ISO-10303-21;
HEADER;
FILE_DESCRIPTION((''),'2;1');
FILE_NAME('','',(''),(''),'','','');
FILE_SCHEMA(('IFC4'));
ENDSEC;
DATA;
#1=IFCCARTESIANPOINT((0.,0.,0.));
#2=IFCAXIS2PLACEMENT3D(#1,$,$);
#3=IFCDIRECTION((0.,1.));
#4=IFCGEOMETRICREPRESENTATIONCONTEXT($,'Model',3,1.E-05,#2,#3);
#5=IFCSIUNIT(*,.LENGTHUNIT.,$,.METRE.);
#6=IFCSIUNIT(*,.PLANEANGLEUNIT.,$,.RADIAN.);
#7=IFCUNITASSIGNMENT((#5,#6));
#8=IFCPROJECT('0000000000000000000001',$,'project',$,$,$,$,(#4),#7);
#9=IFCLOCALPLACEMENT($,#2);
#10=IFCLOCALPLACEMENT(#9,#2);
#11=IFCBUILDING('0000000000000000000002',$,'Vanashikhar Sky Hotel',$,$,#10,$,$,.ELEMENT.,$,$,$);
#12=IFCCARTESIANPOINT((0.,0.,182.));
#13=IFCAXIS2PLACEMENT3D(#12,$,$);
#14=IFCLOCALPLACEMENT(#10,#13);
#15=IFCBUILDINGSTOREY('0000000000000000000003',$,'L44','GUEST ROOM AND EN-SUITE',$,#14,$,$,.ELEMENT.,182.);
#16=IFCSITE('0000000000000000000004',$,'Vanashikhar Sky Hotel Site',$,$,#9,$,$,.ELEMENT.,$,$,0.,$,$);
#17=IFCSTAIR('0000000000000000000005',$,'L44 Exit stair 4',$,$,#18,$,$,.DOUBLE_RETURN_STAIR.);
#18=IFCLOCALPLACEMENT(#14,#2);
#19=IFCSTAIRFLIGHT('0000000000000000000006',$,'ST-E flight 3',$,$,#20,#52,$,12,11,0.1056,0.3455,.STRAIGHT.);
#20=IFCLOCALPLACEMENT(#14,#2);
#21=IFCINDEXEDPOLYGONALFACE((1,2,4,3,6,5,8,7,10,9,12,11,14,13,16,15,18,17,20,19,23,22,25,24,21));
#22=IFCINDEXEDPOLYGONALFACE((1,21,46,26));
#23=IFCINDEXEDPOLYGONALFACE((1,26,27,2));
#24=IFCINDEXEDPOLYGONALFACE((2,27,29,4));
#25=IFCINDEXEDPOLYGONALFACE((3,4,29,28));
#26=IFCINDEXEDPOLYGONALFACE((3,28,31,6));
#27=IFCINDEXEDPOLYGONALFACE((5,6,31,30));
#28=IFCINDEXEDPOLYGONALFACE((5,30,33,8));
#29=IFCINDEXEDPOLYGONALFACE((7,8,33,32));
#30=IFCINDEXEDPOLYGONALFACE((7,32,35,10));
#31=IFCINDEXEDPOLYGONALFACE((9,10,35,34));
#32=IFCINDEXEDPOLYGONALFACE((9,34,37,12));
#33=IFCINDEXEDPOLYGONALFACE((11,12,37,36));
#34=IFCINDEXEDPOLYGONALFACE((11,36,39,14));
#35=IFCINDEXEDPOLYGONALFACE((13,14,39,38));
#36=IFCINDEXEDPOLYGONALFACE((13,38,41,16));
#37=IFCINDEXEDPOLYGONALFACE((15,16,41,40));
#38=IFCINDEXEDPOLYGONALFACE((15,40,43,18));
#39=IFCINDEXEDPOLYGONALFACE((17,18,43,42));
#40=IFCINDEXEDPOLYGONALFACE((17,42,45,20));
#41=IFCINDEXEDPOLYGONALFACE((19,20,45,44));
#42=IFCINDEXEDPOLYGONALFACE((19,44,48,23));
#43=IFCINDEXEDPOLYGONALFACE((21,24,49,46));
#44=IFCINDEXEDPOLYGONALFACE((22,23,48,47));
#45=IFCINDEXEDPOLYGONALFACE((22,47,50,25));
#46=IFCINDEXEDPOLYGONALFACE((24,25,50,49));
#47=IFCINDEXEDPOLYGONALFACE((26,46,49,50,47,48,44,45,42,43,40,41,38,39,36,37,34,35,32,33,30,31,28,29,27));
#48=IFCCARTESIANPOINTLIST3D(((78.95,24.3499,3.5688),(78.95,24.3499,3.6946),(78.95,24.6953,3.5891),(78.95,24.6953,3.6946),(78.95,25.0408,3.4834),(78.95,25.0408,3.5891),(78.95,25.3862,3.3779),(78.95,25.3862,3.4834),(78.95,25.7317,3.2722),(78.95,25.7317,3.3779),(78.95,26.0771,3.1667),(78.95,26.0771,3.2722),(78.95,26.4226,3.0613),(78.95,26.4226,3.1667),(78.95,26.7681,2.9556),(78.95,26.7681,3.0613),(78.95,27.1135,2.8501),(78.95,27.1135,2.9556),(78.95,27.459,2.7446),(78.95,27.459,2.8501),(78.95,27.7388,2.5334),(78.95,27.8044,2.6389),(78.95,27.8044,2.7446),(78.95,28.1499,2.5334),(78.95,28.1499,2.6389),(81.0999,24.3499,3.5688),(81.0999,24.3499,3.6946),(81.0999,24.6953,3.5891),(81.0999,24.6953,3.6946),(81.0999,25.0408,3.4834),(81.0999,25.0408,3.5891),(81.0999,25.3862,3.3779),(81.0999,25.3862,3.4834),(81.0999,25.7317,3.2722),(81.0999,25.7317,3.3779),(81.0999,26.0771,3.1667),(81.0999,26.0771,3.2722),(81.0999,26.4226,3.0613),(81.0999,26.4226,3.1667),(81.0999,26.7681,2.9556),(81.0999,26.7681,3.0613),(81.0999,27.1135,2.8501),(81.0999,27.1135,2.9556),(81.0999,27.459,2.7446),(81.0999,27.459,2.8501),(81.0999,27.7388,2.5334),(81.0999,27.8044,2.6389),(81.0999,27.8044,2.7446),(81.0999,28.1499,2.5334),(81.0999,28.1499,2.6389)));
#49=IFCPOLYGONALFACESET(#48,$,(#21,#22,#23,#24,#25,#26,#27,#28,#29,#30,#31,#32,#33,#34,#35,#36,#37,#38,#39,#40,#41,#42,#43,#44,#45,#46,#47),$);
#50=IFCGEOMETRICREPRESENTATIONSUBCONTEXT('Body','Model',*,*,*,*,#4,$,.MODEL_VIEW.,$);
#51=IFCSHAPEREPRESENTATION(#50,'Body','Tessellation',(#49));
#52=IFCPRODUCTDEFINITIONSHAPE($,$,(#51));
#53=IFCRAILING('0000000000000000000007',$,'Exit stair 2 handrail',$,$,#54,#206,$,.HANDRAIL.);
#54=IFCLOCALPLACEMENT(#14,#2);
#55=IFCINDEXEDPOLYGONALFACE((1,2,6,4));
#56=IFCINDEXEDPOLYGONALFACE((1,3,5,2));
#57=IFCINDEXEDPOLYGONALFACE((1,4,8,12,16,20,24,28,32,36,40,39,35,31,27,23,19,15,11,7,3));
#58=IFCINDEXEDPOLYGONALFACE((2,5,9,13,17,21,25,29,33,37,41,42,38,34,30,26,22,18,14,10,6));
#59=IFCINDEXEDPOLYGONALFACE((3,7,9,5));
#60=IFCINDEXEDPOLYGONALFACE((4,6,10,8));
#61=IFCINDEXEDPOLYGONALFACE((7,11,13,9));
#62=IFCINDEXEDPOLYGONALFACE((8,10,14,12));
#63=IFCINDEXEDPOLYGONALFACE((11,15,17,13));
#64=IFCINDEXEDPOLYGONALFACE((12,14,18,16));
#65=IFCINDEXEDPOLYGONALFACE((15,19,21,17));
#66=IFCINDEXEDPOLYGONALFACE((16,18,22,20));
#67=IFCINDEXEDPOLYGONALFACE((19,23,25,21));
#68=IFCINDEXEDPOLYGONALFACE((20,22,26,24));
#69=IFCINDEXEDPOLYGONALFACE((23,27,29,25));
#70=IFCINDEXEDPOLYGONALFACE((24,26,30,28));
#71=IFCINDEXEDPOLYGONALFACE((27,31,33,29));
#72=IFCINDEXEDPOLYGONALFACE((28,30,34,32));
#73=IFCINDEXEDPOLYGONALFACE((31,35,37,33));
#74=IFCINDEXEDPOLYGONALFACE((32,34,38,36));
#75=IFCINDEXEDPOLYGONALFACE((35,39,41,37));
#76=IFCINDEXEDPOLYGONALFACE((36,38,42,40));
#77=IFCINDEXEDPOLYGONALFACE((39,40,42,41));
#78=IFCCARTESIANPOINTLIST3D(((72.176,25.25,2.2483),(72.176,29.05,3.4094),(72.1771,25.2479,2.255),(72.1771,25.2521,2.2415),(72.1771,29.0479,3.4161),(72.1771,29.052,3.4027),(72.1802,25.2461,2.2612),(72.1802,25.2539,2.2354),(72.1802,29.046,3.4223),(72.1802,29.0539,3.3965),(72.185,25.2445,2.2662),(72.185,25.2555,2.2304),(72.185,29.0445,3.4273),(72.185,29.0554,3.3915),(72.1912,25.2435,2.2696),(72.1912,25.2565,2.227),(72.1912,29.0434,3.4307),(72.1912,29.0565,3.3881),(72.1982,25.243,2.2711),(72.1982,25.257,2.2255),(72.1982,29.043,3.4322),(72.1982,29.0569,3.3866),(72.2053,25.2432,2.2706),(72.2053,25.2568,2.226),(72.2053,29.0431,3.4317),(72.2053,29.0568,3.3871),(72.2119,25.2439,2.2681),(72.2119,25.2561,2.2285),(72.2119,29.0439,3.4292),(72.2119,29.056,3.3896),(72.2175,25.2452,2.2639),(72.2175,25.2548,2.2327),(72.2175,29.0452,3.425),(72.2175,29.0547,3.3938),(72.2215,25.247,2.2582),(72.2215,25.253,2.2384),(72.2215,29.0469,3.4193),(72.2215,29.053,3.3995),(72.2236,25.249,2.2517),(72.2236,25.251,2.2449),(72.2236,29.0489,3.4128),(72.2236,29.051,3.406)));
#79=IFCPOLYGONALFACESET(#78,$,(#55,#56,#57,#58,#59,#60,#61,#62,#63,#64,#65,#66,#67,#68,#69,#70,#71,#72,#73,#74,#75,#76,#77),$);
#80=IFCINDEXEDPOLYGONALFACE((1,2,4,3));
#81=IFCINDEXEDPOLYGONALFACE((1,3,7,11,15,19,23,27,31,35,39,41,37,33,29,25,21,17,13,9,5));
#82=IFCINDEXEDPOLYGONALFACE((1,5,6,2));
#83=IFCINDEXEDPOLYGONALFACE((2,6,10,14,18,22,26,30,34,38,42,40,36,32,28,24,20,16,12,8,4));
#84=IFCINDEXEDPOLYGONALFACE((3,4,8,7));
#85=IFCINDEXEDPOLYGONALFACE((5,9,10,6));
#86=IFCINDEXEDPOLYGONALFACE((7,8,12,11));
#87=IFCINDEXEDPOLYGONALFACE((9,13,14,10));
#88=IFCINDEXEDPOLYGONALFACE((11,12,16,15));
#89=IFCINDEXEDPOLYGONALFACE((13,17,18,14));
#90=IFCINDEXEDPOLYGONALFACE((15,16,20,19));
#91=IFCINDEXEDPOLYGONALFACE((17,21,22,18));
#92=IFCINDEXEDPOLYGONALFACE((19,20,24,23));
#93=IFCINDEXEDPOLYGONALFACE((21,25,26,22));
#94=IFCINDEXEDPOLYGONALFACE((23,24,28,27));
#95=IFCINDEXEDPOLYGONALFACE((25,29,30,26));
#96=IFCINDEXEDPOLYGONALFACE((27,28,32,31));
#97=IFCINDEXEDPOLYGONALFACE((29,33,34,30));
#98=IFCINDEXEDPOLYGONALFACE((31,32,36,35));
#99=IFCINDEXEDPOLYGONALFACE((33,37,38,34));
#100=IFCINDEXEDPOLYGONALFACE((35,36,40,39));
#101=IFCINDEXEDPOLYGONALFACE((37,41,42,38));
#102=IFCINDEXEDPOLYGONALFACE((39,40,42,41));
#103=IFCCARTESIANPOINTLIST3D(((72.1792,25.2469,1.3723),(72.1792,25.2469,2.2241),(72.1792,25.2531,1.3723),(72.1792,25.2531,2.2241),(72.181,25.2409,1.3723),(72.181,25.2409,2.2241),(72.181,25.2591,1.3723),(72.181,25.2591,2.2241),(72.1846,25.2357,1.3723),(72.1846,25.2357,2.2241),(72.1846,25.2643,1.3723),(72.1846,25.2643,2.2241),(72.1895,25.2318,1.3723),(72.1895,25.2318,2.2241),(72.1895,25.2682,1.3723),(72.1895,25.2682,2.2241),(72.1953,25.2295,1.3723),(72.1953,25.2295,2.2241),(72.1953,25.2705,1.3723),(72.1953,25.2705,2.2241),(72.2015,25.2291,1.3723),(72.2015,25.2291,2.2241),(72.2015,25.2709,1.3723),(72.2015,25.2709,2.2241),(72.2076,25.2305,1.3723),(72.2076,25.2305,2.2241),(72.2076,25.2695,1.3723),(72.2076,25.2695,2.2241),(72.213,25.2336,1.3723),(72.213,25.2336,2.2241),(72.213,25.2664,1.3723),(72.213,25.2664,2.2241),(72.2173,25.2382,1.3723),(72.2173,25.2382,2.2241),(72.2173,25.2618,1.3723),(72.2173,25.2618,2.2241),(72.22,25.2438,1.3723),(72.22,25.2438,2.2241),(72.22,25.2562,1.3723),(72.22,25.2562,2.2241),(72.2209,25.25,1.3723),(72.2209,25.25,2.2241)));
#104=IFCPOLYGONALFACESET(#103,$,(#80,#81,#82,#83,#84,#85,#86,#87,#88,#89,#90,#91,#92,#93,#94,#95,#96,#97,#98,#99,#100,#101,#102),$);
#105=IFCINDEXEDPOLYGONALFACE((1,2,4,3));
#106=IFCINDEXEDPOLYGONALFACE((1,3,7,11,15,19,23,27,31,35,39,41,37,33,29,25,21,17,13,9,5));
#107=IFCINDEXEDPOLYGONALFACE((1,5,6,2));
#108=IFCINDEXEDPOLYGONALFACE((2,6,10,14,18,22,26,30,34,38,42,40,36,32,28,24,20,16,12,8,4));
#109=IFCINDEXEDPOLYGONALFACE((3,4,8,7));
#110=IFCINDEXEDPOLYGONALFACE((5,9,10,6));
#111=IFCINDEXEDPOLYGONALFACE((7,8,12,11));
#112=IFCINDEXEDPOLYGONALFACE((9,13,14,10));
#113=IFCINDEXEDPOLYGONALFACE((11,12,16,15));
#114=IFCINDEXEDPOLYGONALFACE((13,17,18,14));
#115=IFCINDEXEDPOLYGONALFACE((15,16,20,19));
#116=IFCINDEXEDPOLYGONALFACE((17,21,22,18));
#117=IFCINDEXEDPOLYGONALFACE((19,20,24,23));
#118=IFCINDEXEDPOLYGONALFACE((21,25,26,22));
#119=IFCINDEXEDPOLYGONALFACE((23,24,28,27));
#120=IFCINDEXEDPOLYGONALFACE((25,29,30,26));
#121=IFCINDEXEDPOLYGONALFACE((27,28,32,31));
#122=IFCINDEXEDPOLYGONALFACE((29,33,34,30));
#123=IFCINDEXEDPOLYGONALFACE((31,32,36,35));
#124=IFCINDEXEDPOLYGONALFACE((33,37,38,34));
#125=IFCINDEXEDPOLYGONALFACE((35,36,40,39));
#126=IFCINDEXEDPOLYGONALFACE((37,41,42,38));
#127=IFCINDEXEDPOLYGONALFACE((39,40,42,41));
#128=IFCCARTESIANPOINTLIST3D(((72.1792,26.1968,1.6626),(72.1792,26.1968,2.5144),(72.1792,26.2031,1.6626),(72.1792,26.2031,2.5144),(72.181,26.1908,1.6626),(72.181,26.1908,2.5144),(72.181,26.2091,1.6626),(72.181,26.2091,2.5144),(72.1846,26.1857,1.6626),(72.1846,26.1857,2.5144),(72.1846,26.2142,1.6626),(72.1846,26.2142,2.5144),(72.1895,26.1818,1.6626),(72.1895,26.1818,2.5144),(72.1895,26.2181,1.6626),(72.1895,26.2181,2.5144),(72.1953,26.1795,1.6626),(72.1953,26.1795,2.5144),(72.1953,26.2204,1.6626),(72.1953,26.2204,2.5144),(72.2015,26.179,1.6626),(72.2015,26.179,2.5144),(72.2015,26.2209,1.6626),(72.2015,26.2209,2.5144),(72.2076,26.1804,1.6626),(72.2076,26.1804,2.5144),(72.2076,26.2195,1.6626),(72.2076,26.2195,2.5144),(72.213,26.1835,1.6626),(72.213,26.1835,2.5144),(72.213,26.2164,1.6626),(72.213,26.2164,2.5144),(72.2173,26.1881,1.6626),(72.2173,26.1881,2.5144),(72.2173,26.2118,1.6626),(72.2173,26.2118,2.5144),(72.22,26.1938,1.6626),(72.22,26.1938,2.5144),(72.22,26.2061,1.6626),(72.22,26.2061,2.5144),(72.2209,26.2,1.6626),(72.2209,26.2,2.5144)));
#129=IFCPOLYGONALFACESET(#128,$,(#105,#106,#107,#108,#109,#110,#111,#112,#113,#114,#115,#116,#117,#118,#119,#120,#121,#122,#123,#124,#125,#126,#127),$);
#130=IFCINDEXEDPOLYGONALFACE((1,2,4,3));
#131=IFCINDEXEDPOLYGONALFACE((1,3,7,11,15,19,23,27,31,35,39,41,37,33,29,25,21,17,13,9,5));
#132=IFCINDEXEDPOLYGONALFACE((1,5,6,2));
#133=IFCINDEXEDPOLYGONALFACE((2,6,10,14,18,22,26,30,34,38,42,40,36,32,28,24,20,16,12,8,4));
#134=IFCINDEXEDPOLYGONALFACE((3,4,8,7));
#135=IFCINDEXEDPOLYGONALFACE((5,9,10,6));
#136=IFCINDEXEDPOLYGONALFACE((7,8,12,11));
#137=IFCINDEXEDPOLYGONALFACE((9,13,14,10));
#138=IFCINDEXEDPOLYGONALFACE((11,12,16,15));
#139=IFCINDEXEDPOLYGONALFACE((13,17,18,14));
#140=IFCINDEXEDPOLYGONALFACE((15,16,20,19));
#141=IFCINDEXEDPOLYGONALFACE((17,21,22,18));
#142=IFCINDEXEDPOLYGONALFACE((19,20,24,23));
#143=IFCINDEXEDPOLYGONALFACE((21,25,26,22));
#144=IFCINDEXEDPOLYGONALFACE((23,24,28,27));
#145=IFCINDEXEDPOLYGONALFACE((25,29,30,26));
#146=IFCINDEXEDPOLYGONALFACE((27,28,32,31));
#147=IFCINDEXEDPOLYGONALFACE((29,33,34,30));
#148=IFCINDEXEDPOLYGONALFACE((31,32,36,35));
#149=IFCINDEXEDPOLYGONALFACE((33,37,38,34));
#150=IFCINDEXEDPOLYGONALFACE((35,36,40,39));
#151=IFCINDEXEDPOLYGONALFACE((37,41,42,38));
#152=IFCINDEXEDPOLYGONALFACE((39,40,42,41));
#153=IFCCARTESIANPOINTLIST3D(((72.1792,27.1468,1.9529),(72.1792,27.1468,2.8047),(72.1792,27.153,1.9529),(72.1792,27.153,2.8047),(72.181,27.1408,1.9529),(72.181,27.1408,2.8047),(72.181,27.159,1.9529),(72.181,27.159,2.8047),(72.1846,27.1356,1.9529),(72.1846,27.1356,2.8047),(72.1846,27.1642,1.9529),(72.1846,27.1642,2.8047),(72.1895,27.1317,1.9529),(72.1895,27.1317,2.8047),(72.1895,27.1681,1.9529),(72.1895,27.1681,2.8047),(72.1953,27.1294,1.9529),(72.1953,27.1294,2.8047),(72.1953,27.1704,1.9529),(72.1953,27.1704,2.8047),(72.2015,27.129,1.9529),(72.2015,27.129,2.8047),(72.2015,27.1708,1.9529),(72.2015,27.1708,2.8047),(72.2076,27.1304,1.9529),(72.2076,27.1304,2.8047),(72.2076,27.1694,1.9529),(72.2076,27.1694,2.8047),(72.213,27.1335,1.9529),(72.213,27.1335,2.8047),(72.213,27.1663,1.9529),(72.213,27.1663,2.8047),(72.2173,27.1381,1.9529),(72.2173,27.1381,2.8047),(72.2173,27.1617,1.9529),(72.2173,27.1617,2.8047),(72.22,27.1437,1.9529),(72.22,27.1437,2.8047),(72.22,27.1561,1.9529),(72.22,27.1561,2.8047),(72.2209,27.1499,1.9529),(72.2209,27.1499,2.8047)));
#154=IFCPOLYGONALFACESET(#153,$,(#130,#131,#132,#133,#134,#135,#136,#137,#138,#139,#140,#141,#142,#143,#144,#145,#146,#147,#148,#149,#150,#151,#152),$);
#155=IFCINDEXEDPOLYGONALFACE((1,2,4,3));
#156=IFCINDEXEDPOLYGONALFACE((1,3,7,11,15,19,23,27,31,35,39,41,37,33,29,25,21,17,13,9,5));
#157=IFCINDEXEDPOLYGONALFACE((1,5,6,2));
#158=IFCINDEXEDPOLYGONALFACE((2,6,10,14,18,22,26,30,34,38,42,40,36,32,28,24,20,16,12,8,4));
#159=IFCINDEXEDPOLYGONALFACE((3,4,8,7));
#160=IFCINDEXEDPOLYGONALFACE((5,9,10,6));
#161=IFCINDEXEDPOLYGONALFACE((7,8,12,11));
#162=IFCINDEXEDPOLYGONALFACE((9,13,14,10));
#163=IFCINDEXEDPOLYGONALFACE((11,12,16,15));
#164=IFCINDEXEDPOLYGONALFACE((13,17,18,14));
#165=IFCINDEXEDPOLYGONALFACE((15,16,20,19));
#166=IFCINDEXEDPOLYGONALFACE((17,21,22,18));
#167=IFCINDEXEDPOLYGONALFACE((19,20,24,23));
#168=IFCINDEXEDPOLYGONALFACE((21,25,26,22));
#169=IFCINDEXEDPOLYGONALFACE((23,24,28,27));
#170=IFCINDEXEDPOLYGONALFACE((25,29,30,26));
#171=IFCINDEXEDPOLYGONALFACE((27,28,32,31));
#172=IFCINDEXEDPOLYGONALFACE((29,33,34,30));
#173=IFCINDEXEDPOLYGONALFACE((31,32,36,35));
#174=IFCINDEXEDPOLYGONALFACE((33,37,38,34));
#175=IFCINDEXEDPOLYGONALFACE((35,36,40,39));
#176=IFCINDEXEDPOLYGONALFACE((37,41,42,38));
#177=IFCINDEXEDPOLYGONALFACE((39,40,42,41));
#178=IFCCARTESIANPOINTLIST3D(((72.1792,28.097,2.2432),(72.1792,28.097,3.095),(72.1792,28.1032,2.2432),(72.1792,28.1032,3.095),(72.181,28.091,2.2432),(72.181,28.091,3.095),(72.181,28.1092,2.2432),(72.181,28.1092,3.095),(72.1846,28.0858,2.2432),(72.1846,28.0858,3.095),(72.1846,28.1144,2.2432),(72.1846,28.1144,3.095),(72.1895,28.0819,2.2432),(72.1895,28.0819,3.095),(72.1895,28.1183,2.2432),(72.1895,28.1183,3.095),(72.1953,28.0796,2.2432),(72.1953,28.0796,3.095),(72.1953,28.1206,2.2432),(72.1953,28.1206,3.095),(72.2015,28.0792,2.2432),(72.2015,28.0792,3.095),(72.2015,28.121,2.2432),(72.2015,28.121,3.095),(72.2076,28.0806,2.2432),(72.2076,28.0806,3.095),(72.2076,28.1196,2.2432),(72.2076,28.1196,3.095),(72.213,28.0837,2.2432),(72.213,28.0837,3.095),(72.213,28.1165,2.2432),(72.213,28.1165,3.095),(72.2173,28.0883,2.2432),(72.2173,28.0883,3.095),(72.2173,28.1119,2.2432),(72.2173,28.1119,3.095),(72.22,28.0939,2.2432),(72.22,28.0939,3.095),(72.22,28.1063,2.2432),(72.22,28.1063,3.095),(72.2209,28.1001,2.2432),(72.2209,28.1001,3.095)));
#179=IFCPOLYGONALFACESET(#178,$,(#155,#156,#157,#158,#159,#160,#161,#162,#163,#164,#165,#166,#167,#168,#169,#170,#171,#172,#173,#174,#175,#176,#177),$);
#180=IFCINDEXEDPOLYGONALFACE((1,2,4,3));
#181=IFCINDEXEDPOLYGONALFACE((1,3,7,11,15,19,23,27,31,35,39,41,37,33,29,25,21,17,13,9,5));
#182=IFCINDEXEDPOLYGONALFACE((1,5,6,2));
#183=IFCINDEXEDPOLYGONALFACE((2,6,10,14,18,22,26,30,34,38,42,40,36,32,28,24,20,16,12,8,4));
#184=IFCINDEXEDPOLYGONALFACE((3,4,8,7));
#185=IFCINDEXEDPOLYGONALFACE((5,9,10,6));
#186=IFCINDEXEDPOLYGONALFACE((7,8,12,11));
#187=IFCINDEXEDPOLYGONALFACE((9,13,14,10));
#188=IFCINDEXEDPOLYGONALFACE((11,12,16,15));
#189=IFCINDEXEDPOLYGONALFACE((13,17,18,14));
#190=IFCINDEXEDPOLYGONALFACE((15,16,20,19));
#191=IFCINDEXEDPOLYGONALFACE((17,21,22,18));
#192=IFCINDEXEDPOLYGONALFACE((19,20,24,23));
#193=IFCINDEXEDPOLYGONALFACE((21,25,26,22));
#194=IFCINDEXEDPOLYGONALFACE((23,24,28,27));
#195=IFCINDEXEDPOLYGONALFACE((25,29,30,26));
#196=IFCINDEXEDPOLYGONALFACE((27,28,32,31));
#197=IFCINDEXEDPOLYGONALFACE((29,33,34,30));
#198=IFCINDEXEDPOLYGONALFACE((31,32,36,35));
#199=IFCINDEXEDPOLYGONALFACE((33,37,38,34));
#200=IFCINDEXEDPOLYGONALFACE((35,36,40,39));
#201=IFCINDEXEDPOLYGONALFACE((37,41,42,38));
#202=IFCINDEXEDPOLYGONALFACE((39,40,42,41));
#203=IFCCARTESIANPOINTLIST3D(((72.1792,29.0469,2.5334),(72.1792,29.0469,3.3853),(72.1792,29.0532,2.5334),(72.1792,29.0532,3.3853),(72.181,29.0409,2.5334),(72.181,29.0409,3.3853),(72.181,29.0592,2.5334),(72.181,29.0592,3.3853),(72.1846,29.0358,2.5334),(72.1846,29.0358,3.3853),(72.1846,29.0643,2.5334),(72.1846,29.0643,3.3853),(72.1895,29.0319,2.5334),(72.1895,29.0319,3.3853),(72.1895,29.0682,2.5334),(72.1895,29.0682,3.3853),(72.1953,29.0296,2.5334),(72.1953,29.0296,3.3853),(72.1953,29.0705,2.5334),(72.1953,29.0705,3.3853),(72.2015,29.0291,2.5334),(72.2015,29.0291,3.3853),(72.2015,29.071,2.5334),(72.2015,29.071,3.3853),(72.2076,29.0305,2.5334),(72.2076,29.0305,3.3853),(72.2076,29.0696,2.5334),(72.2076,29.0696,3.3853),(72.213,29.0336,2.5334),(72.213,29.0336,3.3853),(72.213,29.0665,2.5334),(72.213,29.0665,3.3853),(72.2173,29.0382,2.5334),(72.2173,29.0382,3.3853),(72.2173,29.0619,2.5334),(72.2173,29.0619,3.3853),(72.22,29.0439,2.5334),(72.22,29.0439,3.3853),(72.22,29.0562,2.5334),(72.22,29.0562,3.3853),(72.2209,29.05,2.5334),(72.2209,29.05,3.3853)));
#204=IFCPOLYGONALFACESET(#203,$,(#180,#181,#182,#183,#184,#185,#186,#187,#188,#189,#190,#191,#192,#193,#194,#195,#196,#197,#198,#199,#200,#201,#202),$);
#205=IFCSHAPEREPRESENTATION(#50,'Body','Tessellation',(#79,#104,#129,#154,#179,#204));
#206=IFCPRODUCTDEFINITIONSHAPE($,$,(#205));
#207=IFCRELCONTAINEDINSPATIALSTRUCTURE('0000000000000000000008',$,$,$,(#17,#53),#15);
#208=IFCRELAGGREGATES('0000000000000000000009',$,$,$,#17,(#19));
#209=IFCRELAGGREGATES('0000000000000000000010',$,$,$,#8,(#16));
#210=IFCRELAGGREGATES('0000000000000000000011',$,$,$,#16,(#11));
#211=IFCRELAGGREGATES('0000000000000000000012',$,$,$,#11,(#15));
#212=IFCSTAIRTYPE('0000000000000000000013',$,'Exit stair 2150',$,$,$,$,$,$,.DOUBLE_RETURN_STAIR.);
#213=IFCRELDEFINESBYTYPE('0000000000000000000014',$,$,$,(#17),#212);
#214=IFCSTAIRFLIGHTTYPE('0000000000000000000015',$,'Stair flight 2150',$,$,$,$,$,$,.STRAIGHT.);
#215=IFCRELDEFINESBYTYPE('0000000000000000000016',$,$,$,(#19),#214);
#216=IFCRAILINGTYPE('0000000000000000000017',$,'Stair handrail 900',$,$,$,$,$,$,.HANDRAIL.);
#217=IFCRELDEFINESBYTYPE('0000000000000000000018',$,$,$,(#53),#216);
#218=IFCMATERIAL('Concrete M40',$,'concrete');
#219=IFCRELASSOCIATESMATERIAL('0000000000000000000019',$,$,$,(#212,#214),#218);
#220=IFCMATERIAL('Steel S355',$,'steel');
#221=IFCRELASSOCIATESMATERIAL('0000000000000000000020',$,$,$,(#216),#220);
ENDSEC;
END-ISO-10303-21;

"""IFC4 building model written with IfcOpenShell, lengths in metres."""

from ifc_helpers import new_model, si_unit, direction, frame, origin, origin_2d, place, context, subcontext, project, spatial, polyline, circle, outline, extrude, source, transform, mapped, material, type_object, element, aggregate, save


model = new_model("IFC4")

# Units and contexts
model_context = context("Model", 3, precision=1e-05, world=origin(), true_north=direction((0.0, 1.0)))
body_context = subcontext(model_context, "Body", "Model", "MODEL_VIEW")
ifc_project = project(units=[si_unit("LENGTHUNIT", "METRE"), si_unit("PLANEANGLEUNIT", "RADIAN")], contexts=[model_context])

# Site, building, storey
site_placement = place(None, origin())
site = spatial("IfcSite", under=ifc_project, at=site_placement, Name="Vanashikhar Sky Hotel Site", CompositionType="ELEMENT", RefElevation=0.0)
building_placement = place(site_placement, origin())
building = spatial("IfcBuilding", under=site, at=building_placement, Name="Vanashikhar Sky Hotel", CompositionType="ELEMENT")
storey_placement = place(building_placement, frame((0.0, 0.0, 182.0)))
storey = spatial("IfcBuildingStorey", under=building, at=storey_placement, Name="L44", Description="GUEST ROOM AND EN-SUITE", CompositionType="ELEMENT", Elevation=182.0)

# Shared definitions
ifc_material_1 = material(Name="Concrete M40", Category="concrete")
stair_type = type_object("IfcStairType", Name="Exit stair 2150", PredefinedType="DOUBLE_RETURN_STAIR", material=ifc_material_1)
stair_flight_type = type_object("IfcStairFlightType", Name="Stair flight 2150", PredefinedType="STRAIGHT", material=ifc_material_1)
shared_shape_1 = source(origin(), body_context, "Body", "SweptSolid", [
    extrude(outline(polyline([(0.0, 0.0), (0.0, 0.1055), (0.3455, 0.1055), (0.3455, 0.2112), (0.6909, 0.2112), (0.6909, 0.3167), (1.0364, 0.3167), (1.0364, 0.4221), (1.3818, 0.4221), (1.3818, 0.5278), (1.7273, 0.5278), (1.7273, 0.6333), (2.0728, 0.6333), (2.0728, 0.7388), (2.4182, 0.7388), (2.4182, 0.8445), (2.7637, 0.8445), (2.7637, 0.95), (3.1091, 0.95), (3.1091, 1.0557), (3.4546, 1.0557), (3.4546, 1.1611), (3.8, 1.1611), (3.8, 1.2666), (3.8, 1.0354), (0.4111, 0.0), (0.0, 0.0)])), frame((0.0, 1.075, 0.0), z_axis=(0.0, -1.0, 0.0), x_axis=(1.0, 0.0, 0.0)), (0.0, 0.0, 1.0), 2.1499),
])

# Stair, stair flight
stair_1_placement = place(storey_placement, origin())
stair_1 = element("IfcStair", 1, at=stair_1_placement, inside=storey, type_object=stair_type, Name="L44 Exit stair 4", PredefinedType="DOUBLE_RETURN_STAIR")
stair_flight_1_placement = place(storey_placement, frame((80.0249, 28.1499, 2.5334), z_axis=(0.0, 0.0, 1.0), x_axis=(0.0, -1.0, 0.0)))
stair_flight_1 = element("IfcStairFlight", 2, at=stair_flight_1_placement, type_object=stair_flight_type, Name="ST-E flight 3", NumberOfRisers=12, NumberOfTreads=11, PredefinedType="STRAIGHT", RiserHeight=0.1056, TreadLength=0.3455, context=body_context, shape_type="MappedRepresentation", body=[
    mapped(shared_shape_1, transform((0.0, 0.0, 0.0), scale=1.0)),
])
aggregate(stair_1, [stair_flight_1])

# Railing
ifc_material_2 = material(Name="Steel S355", Category="steel")
railing_type_1 = type_object("IfcRailingType", Name="Stair handrail 900", PredefinedType="HANDRAIL", material=ifc_material_2)
shared_shape_2 = source(origin(), body_context, "Body", "SweptSolid", [
    extrude(circle(Radius=0.0239, at=origin_2d()), frame((0.0, 0.0, 0.876), z_axis=(0.0, 0.956351, 0.29222), x_axis=(-1.0, 0.0, 0.0)), (0.0, 0.0, 1.0), 3.9734),
    extrude(circle(Radius=0.021, at=origin_2d()), origin(), (0.0, 0.0, 1.0), 0.8518),
    extrude(circle(Radius=0.021, at=origin_2d()), frame((0.0, 0.95, 0.2903)), (0.0, 0.0, 1.0), 0.8518),
    extrude(circle(Radius=0.021, at=origin_2d()), frame((0.0, 1.8999, 0.5806)), (0.0, 0.0, 1.0), 0.8518),
    extrude(circle(Radius=0.021, at=origin_2d()), frame((0.0, 2.8501, 0.8708)), (0.0, 0.0, 1.0), 0.8518),
    extrude(circle(Radius=0.021, at=origin_2d()), frame((0.0, 3.8, 1.1611)), (0.0, 0.0, 1.0), 0.8518),
])
railing_1_placement = place(storey_placement, frame((72.2, 25.25, 1.3723)))
element("IfcRailing", 3, at=railing_1_placement, inside=storey, type_object=railing_type_1, Name="Exit stair 2 handrail", PredefinedType="HANDRAIL", context=body_context, shape_type="MappedRepresentation", body=[
    mapped(shared_shape_2, transform((0.0, 0.0, 0.0), scale=1.0)),
])

save(model, "model.ifc")
